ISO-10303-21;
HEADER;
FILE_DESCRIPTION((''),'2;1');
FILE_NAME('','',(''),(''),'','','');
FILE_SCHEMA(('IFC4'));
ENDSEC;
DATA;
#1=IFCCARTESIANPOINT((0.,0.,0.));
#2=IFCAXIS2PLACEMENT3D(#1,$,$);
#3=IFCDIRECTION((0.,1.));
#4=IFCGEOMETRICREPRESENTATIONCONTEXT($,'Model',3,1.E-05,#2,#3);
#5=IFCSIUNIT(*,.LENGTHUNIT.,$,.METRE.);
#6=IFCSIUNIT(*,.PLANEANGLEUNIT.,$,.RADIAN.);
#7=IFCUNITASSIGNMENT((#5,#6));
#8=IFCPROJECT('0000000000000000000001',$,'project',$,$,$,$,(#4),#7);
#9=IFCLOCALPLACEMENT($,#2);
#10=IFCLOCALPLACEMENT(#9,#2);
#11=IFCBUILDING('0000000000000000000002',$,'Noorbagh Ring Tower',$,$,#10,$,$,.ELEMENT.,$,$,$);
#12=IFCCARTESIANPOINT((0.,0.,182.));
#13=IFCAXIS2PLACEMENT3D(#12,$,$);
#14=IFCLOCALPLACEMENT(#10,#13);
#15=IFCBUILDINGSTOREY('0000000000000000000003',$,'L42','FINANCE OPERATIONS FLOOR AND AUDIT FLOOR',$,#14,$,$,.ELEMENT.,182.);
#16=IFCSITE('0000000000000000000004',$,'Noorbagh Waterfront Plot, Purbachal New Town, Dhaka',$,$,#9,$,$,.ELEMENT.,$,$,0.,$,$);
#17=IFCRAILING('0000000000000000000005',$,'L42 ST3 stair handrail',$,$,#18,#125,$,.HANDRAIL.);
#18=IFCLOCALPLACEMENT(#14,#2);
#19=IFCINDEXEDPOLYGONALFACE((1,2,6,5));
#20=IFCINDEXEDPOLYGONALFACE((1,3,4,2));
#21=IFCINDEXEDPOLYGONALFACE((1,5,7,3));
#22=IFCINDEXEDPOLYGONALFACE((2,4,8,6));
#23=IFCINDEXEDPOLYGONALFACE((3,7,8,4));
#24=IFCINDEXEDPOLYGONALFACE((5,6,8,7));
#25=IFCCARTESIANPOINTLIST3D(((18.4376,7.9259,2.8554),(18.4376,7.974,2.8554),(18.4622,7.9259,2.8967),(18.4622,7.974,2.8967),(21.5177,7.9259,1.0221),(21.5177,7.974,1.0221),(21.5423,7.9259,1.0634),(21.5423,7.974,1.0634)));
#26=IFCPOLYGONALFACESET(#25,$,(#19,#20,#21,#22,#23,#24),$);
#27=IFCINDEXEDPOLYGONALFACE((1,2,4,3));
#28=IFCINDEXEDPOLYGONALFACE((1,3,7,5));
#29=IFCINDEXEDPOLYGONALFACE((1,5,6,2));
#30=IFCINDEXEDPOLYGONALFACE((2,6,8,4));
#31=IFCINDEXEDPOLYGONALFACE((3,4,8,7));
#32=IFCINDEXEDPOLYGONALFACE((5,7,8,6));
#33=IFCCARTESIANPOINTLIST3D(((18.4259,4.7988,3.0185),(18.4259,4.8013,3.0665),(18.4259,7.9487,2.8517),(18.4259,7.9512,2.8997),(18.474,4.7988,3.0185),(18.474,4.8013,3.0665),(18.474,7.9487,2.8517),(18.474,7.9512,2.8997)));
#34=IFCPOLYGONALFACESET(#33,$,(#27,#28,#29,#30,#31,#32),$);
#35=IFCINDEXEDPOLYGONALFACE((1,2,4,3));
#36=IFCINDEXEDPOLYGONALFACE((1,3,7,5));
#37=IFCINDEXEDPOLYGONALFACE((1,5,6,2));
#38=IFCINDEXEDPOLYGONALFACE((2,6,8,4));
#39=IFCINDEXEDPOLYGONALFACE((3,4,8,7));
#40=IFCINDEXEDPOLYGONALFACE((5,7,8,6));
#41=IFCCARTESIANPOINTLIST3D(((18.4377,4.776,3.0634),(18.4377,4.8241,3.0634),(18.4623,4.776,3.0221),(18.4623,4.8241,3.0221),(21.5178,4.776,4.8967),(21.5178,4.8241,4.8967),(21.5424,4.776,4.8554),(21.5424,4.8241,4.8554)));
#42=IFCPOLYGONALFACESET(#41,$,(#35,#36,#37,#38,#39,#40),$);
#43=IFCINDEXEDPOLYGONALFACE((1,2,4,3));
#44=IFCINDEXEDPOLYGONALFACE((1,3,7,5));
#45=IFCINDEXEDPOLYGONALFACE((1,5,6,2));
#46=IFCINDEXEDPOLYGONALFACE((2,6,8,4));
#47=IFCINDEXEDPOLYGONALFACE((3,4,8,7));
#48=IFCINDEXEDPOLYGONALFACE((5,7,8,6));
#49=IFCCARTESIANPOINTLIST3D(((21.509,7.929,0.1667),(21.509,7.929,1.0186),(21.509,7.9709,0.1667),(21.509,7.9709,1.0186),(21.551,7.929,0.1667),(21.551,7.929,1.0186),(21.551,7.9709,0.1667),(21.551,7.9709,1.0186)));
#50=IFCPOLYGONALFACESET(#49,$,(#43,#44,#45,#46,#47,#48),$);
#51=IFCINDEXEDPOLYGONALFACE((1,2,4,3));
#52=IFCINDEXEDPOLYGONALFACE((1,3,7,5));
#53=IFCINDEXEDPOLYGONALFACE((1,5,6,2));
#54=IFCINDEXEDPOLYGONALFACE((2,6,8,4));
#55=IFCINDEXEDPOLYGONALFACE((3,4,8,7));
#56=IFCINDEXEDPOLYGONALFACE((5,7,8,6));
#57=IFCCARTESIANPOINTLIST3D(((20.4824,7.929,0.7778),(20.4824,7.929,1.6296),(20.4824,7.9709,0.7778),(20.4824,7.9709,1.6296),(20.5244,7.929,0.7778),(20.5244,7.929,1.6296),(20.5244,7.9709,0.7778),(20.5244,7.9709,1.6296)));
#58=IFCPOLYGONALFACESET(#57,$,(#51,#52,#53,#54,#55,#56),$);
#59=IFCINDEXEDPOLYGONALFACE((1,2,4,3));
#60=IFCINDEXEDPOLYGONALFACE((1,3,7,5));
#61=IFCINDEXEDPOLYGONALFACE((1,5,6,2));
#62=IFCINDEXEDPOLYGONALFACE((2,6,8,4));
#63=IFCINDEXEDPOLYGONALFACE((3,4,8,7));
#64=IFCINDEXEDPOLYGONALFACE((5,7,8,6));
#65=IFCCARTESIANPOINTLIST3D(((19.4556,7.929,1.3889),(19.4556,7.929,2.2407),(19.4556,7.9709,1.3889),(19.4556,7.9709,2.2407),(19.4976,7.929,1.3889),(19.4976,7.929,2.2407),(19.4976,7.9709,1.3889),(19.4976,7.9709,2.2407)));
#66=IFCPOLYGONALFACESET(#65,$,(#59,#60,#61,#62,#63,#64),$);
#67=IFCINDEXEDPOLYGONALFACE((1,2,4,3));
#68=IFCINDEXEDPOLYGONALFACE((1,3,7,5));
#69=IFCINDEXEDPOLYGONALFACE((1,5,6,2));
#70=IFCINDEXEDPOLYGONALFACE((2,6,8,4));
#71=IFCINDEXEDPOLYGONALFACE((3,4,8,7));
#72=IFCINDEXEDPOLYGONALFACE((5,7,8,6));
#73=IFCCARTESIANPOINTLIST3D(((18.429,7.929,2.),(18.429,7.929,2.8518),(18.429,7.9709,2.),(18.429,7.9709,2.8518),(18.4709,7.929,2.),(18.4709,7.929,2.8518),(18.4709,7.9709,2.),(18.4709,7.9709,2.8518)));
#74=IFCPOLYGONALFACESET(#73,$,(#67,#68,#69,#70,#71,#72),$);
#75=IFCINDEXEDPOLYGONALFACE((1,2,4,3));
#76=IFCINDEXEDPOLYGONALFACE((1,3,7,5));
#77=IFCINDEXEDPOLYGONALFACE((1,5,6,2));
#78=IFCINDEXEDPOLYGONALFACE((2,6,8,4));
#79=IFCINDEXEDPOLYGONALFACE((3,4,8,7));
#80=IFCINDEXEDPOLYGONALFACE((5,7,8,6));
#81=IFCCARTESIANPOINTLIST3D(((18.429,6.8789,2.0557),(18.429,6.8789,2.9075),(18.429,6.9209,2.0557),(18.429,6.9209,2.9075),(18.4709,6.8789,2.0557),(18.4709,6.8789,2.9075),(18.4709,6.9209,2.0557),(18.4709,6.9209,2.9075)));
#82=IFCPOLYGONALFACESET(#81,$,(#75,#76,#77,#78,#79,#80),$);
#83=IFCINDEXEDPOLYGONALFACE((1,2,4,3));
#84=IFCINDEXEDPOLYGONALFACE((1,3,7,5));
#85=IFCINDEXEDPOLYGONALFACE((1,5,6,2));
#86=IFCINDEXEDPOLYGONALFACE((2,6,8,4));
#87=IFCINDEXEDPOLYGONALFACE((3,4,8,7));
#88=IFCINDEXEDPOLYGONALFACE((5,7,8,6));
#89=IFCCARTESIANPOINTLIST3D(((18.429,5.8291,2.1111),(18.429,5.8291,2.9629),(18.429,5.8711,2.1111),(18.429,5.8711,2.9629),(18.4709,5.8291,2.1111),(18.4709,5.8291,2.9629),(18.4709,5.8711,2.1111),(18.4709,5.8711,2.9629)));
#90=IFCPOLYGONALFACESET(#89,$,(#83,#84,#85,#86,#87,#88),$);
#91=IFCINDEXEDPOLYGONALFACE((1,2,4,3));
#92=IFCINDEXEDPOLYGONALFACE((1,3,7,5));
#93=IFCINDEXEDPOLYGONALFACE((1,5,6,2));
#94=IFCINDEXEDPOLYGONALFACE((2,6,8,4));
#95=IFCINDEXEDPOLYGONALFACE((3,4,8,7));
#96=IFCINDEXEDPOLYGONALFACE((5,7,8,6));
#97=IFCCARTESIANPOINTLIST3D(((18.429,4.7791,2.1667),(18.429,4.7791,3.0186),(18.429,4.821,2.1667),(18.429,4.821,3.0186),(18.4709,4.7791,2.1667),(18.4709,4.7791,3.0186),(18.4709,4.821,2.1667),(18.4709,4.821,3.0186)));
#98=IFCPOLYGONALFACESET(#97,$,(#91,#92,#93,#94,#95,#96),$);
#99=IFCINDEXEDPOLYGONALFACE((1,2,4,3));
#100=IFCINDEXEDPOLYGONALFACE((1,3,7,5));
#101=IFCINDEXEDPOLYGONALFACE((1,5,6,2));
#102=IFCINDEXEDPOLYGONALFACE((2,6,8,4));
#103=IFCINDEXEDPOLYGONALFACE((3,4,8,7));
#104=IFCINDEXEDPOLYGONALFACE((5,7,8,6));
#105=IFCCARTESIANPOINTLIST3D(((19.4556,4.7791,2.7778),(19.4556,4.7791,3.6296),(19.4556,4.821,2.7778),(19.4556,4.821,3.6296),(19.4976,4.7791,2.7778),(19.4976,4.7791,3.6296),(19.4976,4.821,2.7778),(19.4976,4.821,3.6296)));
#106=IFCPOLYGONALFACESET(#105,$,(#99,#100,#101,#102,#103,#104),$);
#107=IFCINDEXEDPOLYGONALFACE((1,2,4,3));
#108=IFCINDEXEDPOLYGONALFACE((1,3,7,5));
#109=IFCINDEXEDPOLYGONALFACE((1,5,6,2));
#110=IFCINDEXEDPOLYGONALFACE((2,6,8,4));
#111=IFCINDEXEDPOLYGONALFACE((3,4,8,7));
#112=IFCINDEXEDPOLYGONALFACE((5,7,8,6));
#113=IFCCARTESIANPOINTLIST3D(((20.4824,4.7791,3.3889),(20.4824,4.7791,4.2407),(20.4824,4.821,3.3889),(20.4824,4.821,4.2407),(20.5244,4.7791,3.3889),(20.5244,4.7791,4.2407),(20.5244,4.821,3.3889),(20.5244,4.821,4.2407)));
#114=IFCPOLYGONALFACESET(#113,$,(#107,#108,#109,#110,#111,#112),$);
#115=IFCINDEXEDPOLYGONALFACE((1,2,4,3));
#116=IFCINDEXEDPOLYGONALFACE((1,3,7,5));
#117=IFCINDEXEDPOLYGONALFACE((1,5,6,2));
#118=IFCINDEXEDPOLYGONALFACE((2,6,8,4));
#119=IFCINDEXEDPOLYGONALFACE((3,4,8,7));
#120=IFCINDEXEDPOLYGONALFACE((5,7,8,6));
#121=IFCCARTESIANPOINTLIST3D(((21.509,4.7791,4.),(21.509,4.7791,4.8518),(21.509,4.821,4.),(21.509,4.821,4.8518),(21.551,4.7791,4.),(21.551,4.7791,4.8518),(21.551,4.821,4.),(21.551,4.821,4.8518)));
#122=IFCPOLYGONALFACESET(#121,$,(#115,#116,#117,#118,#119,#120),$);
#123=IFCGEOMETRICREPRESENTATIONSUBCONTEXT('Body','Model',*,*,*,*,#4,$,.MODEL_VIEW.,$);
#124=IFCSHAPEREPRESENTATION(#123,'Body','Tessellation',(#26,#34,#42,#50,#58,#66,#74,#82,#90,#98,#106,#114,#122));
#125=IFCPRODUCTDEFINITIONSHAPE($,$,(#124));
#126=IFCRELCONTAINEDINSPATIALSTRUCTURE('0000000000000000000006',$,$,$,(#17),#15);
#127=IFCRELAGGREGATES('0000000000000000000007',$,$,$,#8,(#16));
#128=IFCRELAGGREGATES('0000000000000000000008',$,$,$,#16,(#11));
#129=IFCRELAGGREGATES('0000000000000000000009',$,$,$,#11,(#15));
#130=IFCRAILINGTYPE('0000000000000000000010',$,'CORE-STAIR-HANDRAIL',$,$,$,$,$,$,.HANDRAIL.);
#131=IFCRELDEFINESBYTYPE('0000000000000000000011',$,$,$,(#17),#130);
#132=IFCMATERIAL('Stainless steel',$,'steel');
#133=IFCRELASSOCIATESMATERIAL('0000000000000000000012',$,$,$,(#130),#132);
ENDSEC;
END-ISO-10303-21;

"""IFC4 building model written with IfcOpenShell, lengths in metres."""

from ifc_helpers import new_model, si_unit, direction, frame, origin, origin_2d, place, context, subcontext, project, spatial, rectangle, extrude, material, type_object, element, save


model = new_model("IFC4")

# Units and contexts
model_context = context("Model", 3, precision=1e-05, world=origin(), true_north=direction((0.0, 1.0)))
body_context = subcontext(model_context, "Body", "Model", "MODEL_VIEW")
ifc_project = project(units=[si_unit("LENGTHUNIT", "METRE"), si_unit("PLANEANGLEUNIT", "RADIAN")], contexts=[model_context])

# Site, building, storey
site_placement = place(None, origin())
site = spatial("IfcSite", under=ifc_project, at=site_placement, Name="Noorbagh Waterfront Plot, Purbachal New Town, Dhaka", CompositionType="ELEMENT", RefElevation=0.0)
building_placement = place(site_placement, origin())
building = spatial("IfcBuilding", under=site, at=building_placement, Name="Noorbagh Ring Tower", CompositionType="ELEMENT")
storey_placement = place(building_placement, frame((0.0, 0.0, 182.0)))
storey = spatial("IfcBuildingStorey", under=building, at=storey_placement, Name="L42", Description="FINANCE OPERATIONS FLOOR AND AUDIT FLOOR", CompositionType="ELEMENT", Elevation=182.0)

# Railing
ifc_material_1 = material(Name="Stainless steel", Category="steel")
railing_type_1 = type_object("IfcRailingType", Name="CORE-STAIR-HANDRAIL", PredefinedType="HANDRAIL", material=ifc_material_1)
railing_1_placement = place(storey_placement, frame((21.53, 7.95, 0.1667)))
element("IfcRailing", 1, at=railing_1_placement, inside=storey, type_object=railing_type_1, Name="L42 ST3 stair handrail", PredefinedType="HANDRAIL", context=body_context, shape_type="SweptSolid", body=[
    extrude(rectangle(XDim=0.0481, YDim=0.0481, at=origin_2d()), frame((0.0, 0.0, 0.876), z_axis=(-0.859309, 0.0, 0.511458), x_axis=(0.0, -1.0, 0.0)), (0.0, 0.0, 1.0), 3.5845),
    extrude(rectangle(XDim=0.0481, YDim=0.0481, at=origin_2d()), frame((-3.0801, 0.0, 2.709), z_axis=(0.0, -0.998602, 0.052864), x_axis=(1.0, 0.0, 0.0)), (0.0, 0.0, 1.0), 3.1543),
    extrude(rectangle(XDim=0.0481, YDim=0.0481, at=origin_2d()), frame((-3.0801, -3.1499, 2.876), z_axis=(0.859309, 0.0, 0.511458), x_axis=(0.0, 1.0, 0.0)), (0.0, 0.0, 1.0), 3.5845),
    extrude(rectangle(XDim=0.042, YDim=0.042, at=origin_2d()), origin(), (0.0, 0.0, 1.0), 0.8518),
    extrude(rectangle(XDim=0.042, YDim=0.042, at=origin_2d()), frame((-1.0266, 0.0, 0.6111)), (0.0, 0.0, 1.0), 0.8518),
    extrude(rectangle(XDim=0.042, YDim=0.042, at=origin_2d()), frame((-2.0535, 0.0, 1.2222)), (0.0, 0.0, 1.0), 0.8518),
    extrude(rectangle(XDim=0.042, YDim=0.042, at=origin_2d()), frame((-3.0801, 0.0, 1.8333)), (0.0, 0.0, 1.0), 0.8518),
    extrude(rectangle(XDim=0.042, YDim=0.042, at=origin_2d()), frame((-3.0801, -1.05, 1.8889)), (0.0, 0.0, 1.0), 0.8518),
    extrude(rectangle(XDim=0.042, YDim=0.042, at=origin_2d()), frame((-3.0801, -2.0999, 1.9443)), (0.0, 0.0, 1.0), 0.8518),
    extrude(rectangle(XDim=0.042, YDim=0.042, at=origin_2d()), frame((-3.0801, -3.1499, 2.0)), (0.0, 0.0, 1.0), 0.8518),
    extrude(rectangle(XDim=0.042, YDim=0.042, at=origin_2d()), frame((-2.0535, -3.1499, 2.6111)), (0.0, 0.0, 1.0), 0.8518),
    extrude(rectangle(XDim=0.042, YDim=0.042, at=origin_2d()), frame((-1.0266, -3.1499, 3.2222)), (0.0, 0.0, 1.0), 0.8518),
    extrude(rectangle(XDim=0.042, YDim=0.042, at=origin_2d()), frame((0.0, -3.1499, 3.8333)), (0.0, 0.0, 1.0), 0.8518),
])

save(model, "model.ifc")
